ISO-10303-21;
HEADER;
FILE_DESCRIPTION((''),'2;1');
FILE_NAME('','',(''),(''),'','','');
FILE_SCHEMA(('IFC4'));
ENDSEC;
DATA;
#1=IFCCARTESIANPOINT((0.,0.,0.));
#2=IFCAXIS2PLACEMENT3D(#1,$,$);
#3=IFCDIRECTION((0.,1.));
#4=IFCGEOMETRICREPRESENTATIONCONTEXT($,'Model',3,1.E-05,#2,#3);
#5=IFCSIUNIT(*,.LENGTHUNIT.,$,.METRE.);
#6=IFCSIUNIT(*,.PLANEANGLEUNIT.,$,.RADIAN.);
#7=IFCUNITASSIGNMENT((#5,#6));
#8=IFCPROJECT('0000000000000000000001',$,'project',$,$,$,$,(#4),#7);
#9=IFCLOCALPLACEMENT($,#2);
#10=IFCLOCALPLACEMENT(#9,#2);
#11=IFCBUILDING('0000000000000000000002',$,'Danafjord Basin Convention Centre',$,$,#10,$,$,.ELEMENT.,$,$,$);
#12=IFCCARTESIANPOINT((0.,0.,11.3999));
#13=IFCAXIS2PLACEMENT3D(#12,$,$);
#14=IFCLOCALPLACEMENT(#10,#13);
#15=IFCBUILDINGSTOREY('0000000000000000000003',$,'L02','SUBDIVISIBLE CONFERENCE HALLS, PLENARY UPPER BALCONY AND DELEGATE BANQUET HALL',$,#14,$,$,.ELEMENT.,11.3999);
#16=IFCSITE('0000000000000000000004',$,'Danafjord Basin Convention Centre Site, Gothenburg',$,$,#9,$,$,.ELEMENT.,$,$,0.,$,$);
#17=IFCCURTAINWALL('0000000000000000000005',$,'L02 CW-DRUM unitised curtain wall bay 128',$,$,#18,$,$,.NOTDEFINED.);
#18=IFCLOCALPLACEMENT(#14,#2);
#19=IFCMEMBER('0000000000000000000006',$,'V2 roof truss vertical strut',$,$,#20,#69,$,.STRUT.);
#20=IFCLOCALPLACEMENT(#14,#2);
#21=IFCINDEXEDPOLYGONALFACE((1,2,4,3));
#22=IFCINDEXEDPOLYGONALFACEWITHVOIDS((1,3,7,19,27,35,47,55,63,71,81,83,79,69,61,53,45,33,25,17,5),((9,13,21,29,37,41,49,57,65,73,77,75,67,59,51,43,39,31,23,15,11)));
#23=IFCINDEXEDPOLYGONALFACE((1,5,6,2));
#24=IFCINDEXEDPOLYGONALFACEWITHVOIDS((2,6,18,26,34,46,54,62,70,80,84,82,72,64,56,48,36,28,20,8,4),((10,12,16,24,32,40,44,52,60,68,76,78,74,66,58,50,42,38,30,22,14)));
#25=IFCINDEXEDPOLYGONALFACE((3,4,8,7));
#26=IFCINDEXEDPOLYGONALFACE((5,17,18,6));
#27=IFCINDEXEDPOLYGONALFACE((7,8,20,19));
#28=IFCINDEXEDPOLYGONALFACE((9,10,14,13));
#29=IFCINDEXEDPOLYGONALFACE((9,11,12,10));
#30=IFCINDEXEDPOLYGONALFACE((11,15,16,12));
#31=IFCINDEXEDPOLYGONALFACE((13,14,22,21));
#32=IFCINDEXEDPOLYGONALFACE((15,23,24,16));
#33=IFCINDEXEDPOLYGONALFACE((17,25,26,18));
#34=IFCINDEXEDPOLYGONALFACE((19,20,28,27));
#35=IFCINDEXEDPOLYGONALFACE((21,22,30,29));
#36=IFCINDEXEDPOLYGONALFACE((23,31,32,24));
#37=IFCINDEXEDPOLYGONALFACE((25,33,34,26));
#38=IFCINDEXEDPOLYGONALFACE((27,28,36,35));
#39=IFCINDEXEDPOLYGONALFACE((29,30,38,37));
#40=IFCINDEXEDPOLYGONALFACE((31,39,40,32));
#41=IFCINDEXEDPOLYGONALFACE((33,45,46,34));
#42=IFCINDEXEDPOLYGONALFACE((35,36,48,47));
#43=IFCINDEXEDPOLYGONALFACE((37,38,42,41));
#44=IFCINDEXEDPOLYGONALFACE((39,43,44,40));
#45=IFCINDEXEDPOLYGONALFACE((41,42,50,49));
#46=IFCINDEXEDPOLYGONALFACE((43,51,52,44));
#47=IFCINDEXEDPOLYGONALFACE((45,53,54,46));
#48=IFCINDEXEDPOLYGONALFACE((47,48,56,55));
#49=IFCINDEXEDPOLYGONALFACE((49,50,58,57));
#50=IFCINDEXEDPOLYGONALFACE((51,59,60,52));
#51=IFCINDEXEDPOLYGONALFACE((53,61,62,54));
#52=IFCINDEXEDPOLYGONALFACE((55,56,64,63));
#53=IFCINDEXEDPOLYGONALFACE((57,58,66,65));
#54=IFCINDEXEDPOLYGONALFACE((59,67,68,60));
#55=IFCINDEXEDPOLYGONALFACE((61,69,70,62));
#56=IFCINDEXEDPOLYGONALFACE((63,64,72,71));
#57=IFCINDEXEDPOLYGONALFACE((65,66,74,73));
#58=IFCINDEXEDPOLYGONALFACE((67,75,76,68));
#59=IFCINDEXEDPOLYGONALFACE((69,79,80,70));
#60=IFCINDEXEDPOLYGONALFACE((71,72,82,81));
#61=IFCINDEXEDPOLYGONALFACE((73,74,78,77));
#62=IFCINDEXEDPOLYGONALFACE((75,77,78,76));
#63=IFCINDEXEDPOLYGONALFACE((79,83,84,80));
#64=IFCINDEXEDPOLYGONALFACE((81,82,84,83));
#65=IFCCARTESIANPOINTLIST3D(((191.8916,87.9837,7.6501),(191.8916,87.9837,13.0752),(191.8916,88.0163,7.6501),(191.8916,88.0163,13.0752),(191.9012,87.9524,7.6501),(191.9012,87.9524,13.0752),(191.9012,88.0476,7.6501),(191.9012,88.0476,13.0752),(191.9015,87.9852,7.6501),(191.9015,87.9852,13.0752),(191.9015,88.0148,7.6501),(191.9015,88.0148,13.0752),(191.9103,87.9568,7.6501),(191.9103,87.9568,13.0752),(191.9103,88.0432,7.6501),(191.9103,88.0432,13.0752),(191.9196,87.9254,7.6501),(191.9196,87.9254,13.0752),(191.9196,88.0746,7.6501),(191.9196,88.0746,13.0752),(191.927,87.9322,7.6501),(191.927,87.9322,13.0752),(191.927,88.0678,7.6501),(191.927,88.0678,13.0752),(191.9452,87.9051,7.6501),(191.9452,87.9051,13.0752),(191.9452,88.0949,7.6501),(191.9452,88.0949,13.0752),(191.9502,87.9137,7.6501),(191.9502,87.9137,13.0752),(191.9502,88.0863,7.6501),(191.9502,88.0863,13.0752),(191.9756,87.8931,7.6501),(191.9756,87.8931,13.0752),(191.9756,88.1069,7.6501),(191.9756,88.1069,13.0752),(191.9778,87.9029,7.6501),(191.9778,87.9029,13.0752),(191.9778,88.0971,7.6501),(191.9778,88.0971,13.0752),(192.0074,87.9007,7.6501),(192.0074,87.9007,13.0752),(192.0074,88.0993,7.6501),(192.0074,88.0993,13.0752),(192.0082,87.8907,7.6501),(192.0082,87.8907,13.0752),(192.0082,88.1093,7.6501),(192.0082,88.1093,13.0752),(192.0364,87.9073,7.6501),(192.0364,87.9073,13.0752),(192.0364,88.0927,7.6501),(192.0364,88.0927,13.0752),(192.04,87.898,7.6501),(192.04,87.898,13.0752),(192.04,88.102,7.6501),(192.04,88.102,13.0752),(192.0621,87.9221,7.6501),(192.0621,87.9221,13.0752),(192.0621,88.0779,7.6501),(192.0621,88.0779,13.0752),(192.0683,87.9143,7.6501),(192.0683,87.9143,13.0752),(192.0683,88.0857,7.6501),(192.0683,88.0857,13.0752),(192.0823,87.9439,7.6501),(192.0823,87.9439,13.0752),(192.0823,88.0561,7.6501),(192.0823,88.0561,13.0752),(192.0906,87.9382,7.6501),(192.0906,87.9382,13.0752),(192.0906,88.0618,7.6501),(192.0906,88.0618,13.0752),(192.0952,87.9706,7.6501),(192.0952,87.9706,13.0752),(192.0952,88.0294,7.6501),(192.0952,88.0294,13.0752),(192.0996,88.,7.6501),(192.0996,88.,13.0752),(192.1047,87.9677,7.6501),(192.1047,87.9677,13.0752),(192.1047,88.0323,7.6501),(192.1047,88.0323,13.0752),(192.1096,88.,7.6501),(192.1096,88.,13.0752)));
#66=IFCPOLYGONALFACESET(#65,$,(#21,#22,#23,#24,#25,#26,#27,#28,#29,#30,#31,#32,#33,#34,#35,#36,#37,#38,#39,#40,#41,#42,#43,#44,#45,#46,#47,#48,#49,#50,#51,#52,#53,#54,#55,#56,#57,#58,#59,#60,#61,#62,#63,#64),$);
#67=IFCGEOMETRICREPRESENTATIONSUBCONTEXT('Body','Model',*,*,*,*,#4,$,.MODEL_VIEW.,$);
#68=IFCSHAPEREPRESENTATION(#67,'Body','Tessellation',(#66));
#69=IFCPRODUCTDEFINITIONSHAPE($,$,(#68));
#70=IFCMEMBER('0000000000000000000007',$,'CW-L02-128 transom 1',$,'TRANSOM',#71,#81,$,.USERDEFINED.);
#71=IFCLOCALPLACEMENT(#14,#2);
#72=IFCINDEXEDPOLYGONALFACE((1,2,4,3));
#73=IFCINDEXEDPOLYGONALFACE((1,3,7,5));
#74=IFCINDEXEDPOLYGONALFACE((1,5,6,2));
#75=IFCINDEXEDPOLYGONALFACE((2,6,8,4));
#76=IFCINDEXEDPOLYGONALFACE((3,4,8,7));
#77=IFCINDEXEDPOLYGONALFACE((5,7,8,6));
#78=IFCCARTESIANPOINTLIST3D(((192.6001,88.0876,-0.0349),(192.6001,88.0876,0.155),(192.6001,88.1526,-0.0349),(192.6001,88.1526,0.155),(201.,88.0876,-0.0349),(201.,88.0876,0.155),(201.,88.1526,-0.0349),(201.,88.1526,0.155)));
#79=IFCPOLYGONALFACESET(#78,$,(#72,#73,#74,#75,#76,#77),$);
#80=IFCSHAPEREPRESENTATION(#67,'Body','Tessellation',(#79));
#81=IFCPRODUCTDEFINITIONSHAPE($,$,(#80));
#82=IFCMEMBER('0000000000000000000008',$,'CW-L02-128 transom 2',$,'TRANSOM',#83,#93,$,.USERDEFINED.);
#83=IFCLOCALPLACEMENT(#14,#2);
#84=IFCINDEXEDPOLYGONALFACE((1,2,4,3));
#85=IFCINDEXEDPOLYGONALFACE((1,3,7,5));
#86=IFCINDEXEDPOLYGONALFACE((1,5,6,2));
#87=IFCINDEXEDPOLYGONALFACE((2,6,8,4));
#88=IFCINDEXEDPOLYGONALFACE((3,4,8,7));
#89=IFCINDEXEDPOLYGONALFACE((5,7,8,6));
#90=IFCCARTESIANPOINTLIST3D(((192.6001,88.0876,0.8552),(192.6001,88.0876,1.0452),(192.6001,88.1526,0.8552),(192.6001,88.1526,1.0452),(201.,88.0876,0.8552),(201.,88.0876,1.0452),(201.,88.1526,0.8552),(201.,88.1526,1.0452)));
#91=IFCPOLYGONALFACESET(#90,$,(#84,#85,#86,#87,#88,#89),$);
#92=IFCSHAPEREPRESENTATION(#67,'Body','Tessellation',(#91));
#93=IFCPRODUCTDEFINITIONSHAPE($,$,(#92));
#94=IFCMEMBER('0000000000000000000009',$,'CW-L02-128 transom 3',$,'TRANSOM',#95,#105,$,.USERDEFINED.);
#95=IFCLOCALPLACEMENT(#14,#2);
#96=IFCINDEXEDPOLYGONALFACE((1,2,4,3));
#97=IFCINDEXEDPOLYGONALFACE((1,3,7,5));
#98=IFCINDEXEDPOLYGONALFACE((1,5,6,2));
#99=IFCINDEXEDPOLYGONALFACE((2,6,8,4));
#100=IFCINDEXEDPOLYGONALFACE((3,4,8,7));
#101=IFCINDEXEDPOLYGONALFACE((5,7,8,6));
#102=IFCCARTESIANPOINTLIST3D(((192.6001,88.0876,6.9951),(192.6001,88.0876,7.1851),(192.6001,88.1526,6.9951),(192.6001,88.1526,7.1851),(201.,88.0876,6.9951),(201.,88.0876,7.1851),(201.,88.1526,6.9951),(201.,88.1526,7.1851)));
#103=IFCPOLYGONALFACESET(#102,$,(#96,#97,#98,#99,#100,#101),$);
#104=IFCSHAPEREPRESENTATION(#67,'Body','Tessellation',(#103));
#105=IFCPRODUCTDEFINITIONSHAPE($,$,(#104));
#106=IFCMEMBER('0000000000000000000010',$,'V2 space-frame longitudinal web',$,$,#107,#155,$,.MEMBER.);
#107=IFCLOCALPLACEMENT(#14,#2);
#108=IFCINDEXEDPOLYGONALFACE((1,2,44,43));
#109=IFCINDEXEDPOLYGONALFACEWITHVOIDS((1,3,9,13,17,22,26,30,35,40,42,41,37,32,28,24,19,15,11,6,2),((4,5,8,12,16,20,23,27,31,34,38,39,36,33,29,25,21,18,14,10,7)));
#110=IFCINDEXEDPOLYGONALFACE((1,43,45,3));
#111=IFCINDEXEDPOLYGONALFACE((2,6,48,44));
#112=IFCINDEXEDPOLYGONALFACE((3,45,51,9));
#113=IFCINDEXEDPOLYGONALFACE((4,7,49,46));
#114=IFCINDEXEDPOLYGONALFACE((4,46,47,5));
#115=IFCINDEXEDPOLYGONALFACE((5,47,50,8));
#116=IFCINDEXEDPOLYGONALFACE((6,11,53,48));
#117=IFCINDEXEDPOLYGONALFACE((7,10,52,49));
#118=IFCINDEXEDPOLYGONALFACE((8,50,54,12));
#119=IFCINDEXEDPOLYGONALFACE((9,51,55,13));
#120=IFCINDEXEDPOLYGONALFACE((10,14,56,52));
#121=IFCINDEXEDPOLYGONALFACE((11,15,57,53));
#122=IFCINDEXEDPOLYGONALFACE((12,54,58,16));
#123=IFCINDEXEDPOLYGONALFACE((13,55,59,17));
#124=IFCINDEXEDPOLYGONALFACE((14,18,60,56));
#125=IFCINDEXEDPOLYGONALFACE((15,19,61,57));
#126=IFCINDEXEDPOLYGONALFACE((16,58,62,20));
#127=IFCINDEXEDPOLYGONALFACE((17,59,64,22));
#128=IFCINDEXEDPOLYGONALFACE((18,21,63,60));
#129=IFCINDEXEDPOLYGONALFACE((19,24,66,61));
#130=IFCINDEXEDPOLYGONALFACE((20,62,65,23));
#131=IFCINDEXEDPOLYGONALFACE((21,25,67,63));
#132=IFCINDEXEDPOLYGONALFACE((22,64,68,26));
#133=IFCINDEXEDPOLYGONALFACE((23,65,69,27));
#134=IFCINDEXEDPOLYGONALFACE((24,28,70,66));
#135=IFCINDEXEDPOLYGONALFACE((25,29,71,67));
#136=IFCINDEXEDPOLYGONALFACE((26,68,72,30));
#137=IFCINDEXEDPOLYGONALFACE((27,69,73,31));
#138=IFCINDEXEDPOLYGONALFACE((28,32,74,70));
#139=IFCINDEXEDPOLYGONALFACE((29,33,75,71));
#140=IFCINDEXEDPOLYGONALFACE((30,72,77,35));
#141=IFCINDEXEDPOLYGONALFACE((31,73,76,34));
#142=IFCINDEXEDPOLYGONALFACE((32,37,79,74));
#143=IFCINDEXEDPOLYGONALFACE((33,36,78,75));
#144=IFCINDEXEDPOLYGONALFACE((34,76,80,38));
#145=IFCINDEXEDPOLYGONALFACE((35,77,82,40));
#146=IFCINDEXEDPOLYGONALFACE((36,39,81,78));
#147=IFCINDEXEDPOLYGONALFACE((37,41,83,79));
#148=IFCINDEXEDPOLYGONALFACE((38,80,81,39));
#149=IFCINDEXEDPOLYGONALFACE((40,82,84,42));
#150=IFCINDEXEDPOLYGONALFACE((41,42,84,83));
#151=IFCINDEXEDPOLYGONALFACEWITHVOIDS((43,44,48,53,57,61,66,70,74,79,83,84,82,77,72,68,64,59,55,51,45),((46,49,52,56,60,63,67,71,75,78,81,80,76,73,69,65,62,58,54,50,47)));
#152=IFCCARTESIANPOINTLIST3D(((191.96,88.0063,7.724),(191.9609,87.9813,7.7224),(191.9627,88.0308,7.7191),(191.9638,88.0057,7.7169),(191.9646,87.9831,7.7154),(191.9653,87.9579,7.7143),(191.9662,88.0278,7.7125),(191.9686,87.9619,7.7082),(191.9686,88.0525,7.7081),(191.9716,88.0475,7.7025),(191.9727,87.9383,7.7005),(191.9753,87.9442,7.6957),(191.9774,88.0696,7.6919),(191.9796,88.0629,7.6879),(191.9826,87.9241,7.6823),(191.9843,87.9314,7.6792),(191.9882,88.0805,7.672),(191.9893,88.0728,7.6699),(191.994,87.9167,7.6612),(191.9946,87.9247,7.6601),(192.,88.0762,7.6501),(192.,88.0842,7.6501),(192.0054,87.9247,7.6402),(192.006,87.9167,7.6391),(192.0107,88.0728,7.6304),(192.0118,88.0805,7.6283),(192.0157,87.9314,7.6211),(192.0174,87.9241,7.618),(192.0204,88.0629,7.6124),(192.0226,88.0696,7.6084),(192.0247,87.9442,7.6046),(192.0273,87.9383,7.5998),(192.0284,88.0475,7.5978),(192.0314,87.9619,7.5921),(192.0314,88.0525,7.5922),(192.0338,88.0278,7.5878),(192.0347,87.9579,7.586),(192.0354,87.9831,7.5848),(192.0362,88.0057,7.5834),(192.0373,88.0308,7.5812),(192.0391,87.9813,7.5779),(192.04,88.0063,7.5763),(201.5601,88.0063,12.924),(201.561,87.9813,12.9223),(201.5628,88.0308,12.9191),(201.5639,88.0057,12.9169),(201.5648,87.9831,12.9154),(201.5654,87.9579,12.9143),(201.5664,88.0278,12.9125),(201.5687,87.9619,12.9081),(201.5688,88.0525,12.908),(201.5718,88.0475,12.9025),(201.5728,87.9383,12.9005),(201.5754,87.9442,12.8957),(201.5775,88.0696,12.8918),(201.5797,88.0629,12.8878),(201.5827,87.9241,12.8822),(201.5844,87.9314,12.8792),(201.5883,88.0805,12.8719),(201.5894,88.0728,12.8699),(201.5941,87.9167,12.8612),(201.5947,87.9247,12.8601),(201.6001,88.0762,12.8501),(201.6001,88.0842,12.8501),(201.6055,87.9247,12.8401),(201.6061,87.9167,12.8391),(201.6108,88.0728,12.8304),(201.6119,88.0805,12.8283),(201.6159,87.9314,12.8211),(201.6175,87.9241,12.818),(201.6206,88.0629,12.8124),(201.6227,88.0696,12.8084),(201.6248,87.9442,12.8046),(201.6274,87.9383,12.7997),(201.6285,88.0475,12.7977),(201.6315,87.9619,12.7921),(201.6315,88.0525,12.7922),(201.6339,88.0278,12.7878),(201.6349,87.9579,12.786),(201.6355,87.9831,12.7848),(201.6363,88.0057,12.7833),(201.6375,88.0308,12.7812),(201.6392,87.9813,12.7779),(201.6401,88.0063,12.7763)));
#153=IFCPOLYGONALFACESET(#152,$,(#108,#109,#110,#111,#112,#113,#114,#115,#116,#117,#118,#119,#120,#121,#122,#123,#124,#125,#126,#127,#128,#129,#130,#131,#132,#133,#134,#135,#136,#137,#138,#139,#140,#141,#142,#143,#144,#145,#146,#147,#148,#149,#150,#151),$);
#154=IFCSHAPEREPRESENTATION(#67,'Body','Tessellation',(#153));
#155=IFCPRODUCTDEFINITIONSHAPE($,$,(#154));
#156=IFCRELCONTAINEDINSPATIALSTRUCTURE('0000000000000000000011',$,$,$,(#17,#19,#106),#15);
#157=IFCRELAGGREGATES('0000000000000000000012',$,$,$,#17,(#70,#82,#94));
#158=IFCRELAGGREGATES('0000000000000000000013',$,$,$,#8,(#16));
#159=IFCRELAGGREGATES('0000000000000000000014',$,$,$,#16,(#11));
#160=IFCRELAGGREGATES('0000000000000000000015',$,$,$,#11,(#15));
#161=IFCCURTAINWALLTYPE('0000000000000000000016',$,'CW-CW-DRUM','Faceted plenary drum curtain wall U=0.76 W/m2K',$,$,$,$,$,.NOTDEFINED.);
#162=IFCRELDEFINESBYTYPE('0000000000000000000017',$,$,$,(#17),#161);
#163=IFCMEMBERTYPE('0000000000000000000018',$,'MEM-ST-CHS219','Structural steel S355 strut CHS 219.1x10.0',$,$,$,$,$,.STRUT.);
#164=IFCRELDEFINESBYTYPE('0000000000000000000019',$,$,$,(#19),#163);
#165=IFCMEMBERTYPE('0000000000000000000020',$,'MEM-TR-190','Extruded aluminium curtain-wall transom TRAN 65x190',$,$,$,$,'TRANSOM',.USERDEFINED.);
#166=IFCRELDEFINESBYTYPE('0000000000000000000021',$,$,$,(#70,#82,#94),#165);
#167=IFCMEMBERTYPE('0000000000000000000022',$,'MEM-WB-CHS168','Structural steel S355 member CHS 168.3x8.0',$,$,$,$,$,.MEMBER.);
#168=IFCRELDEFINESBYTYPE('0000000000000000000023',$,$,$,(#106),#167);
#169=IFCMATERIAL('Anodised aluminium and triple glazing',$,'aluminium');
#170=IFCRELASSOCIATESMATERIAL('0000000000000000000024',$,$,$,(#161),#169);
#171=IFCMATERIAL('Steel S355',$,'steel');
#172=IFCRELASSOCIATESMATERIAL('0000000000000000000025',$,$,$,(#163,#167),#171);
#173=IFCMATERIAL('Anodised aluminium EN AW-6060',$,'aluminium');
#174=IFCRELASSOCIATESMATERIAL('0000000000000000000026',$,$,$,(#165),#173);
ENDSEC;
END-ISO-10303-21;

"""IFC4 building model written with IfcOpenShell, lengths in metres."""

from ifc_helpers import new_model, si_unit, direction, frame, origin, origin_2d, place, context, subcontext, project, spatial, rectangle, hollow_circle, extrude, material, material_profile, profile_set, type_object, element, aggregate, save


model = new_model("IFC4")

# Units and contexts
model_context = context("Model", 3, precision=1e-05, world=origin(), true_north=direction((0.0, 1.0)))
body_context = subcontext(model_context, "Body", "Model", "MODEL_VIEW")
ifc_project = project(units=[si_unit("LENGTHUNIT", "METRE"), si_unit("PLANEANGLEUNIT", "RADIAN")], contexts=[model_context])

# Site, building, storey
site_placement = place(None, origin())
site = spatial("IfcSite", under=ifc_project, at=site_placement, Name="Danafjord Basin Convention Centre Site, Gothenburg", CompositionType="ELEMENT", RefElevation=0.0)
building_placement = place(site_placement, origin())
building = spatial("IfcBuilding", under=site, at=building_placement, Name="Danafjord Basin Convention Centre", CompositionType="ELEMENT")
storey_placement = place(building_placement, frame((0.0, 0.0, 11.3999)))
storey = spatial("IfcBuildingStorey", under=building, at=storey_placement, Name="L02", Description="SUBDIVISIBLE CONFERENCE HALLS, PLENARY UPPER BALCONY AND DELEGATE BANQUET HALL", CompositionType="ELEMENT", Elevation=11.3999)

# Shared definitions
ifc_material_1 = material(Name="Steel S355", Category="steel")

# Curtain wall
ifc_material_2 = material(Name="Anodised aluminium and triple glazing", Category="aluminium")
curtain_wall_type = type_object("IfcCurtainWallType", Name="CW-CW-DRUM", Description="Faceted plenary drum curtain wall U=0.76 W/m2K", PredefinedType="NOTDEFINED", material=ifc_material_2)
curtain_wall_placement = place(storey_placement, origin())
curtain_wall = element("IfcCurtainWall", 1, at=curtain_wall_placement, inside=storey, type_object=curtain_wall_type, Name="L02 CW-DRUM unitised curtain wall bay 128", PredefinedType="NOTDEFINED")
ifc_material_3 = material(Name="Anodised aluminium EN AW-6060", Category="aluminium")

# Members
ifc_material_profile_1 = material_profile(ifc_material_1, hollow_circle(Radius=0.1096, WallThickness=0.01, at=origin_2d()), Name="CHS 219.1x10.0")
ifc_profile_set_1 = profile_set([ifc_material_profile_1], Name="Steel S355")
member_type_1 = type_object("IfcMemberType", Name="MEM-ST-CHS219", Description="Structural steel S355 strut CHS 219.1x10.0", PredefinedType="STRUT", material=ifc_profile_set_1)
member_1_placement = place(storey_placement, frame((192.0, 88.0, 7.6501), z_axis=(0.0, 0.0, 1.0), x_axis=(1.0, 0.0, 0.0)))
element("IfcMember", 2, at=member_1_placement, inside=storey, type_object=member_type_1, Name="V2 roof truss vertical strut", PredefinedType="STRUT", context=body_context, shape_type="SweptSolid", body=[
    extrude(hollow_circle(Radius=0.1096, WallThickness=0.01, at=origin_2d()), origin(), (0.0, 0.0, 1.0), 5.425),
])
ifc_material_profile_2 = material_profile(ifc_material_3, rectangle(XDim=0.0649, YDim=0.1899, at=origin_2d()), Name="TRAN 65x190")
ifc_profile_set_2 = profile_set([ifc_material_profile_2], Name="Anodised aluminium EN AW-6060")
member_type_2 = type_object("IfcMemberType", Name="MEM-TR-190", Description="Extruded aluminium curtain-wall transom TRAN 65x190", ElementType="TRANSOM", PredefinedType="USERDEFINED", material=ifc_profile_set_2)
member_2_placement = place(storey_placement, frame((192.6001, 88.1201, 0.0601), z_axis=(1.0, 0.0, 0.0), x_axis=(0.0, 1.0, 0.0)))
member_2 = element("IfcMember", 3, at=member_2_placement, type_object=member_type_2, Name="CW-L02-128 transom 1", ObjectType="TRANSOM", PredefinedType="USERDEFINED", context=body_context, shape_type="SweptSolid", body=[
    extrude(rectangle(XDim=0.0649, YDim=0.1899, at=origin_2d()), origin(), (0.0, 0.0, 1.0), 8.3999),
])
member_3_placement = place(storey_placement, frame((192.6001, 88.1201, 0.9502), z_axis=(1.0, 0.0, 0.0), x_axis=(0.0, 1.0, 0.0)))
member_3 = element("IfcMember", 4, at=member_3_placement, type_object=member_type_2, Name="CW-L02-128 transom 2", ObjectType="TRANSOM", PredefinedType="USERDEFINED", context=body_context, shape_type="SweptSolid", body=[
    extrude(rectangle(XDim=0.0649, YDim=0.1899, at=origin_2d()), origin(), (0.0, 0.0, 1.0), 8.3999),
])
member_4_placement = place(storey_placement, frame((192.6001, 88.1201, 7.0901), z_axis=(1.0, 0.0, 0.0), x_axis=(0.0, 1.0, 0.0)))
member_4 = element("IfcMember", 5, at=member_4_placement, type_object=member_type_2, Name="CW-L02-128 transom 3", ObjectType="TRANSOM", PredefinedType="USERDEFINED", context=body_context, shape_type="SweptSolid", body=[
    extrude(rectangle(XDim=0.0649, YDim=0.1899, at=origin_2d()), origin(), (0.0, 0.0, 1.0), 8.3999),
])

# Member
ifc_material_profile_3 = material_profile(ifc_material_1, hollow_circle(Radius=0.0842, WallThickness=0.0081, at=origin_2d()), Name="CHS 168.3x8.0")
ifc_profile_set_3 = profile_set([ifc_material_profile_3], Name="Steel S355")
member_type_3 = type_object("IfcMemberType", Name="MEM-WB-CHS168", Description="Structural steel S355 member CHS 168.3x8.0", PredefinedType="MEMBER", material=ifc_profile_set_3)
member_5_placement = place(storey_placement, frame((192.0, 88.0, 7.6501), z_axis=(0.879296, 0.0, 0.476276), x_axis=(0.0, 1.0, 0.0)))
element("IfcMember", 6, at=member_5_placement, inside=storey, type_object=member_type_3, Name="V2 space-frame longitudinal web", PredefinedType="MEMBER", context=body_context, shape_type="SweptSolid", body=[
    extrude(hollow_circle(Radius=0.0842, WallThickness=0.0081, at=origin_2d()), origin(), (0.0, 0.0, 1.0), 10.918),
])

aggregate(curtain_wall, [member_2, member_3, member_4])

save(model, "model.ifc")
